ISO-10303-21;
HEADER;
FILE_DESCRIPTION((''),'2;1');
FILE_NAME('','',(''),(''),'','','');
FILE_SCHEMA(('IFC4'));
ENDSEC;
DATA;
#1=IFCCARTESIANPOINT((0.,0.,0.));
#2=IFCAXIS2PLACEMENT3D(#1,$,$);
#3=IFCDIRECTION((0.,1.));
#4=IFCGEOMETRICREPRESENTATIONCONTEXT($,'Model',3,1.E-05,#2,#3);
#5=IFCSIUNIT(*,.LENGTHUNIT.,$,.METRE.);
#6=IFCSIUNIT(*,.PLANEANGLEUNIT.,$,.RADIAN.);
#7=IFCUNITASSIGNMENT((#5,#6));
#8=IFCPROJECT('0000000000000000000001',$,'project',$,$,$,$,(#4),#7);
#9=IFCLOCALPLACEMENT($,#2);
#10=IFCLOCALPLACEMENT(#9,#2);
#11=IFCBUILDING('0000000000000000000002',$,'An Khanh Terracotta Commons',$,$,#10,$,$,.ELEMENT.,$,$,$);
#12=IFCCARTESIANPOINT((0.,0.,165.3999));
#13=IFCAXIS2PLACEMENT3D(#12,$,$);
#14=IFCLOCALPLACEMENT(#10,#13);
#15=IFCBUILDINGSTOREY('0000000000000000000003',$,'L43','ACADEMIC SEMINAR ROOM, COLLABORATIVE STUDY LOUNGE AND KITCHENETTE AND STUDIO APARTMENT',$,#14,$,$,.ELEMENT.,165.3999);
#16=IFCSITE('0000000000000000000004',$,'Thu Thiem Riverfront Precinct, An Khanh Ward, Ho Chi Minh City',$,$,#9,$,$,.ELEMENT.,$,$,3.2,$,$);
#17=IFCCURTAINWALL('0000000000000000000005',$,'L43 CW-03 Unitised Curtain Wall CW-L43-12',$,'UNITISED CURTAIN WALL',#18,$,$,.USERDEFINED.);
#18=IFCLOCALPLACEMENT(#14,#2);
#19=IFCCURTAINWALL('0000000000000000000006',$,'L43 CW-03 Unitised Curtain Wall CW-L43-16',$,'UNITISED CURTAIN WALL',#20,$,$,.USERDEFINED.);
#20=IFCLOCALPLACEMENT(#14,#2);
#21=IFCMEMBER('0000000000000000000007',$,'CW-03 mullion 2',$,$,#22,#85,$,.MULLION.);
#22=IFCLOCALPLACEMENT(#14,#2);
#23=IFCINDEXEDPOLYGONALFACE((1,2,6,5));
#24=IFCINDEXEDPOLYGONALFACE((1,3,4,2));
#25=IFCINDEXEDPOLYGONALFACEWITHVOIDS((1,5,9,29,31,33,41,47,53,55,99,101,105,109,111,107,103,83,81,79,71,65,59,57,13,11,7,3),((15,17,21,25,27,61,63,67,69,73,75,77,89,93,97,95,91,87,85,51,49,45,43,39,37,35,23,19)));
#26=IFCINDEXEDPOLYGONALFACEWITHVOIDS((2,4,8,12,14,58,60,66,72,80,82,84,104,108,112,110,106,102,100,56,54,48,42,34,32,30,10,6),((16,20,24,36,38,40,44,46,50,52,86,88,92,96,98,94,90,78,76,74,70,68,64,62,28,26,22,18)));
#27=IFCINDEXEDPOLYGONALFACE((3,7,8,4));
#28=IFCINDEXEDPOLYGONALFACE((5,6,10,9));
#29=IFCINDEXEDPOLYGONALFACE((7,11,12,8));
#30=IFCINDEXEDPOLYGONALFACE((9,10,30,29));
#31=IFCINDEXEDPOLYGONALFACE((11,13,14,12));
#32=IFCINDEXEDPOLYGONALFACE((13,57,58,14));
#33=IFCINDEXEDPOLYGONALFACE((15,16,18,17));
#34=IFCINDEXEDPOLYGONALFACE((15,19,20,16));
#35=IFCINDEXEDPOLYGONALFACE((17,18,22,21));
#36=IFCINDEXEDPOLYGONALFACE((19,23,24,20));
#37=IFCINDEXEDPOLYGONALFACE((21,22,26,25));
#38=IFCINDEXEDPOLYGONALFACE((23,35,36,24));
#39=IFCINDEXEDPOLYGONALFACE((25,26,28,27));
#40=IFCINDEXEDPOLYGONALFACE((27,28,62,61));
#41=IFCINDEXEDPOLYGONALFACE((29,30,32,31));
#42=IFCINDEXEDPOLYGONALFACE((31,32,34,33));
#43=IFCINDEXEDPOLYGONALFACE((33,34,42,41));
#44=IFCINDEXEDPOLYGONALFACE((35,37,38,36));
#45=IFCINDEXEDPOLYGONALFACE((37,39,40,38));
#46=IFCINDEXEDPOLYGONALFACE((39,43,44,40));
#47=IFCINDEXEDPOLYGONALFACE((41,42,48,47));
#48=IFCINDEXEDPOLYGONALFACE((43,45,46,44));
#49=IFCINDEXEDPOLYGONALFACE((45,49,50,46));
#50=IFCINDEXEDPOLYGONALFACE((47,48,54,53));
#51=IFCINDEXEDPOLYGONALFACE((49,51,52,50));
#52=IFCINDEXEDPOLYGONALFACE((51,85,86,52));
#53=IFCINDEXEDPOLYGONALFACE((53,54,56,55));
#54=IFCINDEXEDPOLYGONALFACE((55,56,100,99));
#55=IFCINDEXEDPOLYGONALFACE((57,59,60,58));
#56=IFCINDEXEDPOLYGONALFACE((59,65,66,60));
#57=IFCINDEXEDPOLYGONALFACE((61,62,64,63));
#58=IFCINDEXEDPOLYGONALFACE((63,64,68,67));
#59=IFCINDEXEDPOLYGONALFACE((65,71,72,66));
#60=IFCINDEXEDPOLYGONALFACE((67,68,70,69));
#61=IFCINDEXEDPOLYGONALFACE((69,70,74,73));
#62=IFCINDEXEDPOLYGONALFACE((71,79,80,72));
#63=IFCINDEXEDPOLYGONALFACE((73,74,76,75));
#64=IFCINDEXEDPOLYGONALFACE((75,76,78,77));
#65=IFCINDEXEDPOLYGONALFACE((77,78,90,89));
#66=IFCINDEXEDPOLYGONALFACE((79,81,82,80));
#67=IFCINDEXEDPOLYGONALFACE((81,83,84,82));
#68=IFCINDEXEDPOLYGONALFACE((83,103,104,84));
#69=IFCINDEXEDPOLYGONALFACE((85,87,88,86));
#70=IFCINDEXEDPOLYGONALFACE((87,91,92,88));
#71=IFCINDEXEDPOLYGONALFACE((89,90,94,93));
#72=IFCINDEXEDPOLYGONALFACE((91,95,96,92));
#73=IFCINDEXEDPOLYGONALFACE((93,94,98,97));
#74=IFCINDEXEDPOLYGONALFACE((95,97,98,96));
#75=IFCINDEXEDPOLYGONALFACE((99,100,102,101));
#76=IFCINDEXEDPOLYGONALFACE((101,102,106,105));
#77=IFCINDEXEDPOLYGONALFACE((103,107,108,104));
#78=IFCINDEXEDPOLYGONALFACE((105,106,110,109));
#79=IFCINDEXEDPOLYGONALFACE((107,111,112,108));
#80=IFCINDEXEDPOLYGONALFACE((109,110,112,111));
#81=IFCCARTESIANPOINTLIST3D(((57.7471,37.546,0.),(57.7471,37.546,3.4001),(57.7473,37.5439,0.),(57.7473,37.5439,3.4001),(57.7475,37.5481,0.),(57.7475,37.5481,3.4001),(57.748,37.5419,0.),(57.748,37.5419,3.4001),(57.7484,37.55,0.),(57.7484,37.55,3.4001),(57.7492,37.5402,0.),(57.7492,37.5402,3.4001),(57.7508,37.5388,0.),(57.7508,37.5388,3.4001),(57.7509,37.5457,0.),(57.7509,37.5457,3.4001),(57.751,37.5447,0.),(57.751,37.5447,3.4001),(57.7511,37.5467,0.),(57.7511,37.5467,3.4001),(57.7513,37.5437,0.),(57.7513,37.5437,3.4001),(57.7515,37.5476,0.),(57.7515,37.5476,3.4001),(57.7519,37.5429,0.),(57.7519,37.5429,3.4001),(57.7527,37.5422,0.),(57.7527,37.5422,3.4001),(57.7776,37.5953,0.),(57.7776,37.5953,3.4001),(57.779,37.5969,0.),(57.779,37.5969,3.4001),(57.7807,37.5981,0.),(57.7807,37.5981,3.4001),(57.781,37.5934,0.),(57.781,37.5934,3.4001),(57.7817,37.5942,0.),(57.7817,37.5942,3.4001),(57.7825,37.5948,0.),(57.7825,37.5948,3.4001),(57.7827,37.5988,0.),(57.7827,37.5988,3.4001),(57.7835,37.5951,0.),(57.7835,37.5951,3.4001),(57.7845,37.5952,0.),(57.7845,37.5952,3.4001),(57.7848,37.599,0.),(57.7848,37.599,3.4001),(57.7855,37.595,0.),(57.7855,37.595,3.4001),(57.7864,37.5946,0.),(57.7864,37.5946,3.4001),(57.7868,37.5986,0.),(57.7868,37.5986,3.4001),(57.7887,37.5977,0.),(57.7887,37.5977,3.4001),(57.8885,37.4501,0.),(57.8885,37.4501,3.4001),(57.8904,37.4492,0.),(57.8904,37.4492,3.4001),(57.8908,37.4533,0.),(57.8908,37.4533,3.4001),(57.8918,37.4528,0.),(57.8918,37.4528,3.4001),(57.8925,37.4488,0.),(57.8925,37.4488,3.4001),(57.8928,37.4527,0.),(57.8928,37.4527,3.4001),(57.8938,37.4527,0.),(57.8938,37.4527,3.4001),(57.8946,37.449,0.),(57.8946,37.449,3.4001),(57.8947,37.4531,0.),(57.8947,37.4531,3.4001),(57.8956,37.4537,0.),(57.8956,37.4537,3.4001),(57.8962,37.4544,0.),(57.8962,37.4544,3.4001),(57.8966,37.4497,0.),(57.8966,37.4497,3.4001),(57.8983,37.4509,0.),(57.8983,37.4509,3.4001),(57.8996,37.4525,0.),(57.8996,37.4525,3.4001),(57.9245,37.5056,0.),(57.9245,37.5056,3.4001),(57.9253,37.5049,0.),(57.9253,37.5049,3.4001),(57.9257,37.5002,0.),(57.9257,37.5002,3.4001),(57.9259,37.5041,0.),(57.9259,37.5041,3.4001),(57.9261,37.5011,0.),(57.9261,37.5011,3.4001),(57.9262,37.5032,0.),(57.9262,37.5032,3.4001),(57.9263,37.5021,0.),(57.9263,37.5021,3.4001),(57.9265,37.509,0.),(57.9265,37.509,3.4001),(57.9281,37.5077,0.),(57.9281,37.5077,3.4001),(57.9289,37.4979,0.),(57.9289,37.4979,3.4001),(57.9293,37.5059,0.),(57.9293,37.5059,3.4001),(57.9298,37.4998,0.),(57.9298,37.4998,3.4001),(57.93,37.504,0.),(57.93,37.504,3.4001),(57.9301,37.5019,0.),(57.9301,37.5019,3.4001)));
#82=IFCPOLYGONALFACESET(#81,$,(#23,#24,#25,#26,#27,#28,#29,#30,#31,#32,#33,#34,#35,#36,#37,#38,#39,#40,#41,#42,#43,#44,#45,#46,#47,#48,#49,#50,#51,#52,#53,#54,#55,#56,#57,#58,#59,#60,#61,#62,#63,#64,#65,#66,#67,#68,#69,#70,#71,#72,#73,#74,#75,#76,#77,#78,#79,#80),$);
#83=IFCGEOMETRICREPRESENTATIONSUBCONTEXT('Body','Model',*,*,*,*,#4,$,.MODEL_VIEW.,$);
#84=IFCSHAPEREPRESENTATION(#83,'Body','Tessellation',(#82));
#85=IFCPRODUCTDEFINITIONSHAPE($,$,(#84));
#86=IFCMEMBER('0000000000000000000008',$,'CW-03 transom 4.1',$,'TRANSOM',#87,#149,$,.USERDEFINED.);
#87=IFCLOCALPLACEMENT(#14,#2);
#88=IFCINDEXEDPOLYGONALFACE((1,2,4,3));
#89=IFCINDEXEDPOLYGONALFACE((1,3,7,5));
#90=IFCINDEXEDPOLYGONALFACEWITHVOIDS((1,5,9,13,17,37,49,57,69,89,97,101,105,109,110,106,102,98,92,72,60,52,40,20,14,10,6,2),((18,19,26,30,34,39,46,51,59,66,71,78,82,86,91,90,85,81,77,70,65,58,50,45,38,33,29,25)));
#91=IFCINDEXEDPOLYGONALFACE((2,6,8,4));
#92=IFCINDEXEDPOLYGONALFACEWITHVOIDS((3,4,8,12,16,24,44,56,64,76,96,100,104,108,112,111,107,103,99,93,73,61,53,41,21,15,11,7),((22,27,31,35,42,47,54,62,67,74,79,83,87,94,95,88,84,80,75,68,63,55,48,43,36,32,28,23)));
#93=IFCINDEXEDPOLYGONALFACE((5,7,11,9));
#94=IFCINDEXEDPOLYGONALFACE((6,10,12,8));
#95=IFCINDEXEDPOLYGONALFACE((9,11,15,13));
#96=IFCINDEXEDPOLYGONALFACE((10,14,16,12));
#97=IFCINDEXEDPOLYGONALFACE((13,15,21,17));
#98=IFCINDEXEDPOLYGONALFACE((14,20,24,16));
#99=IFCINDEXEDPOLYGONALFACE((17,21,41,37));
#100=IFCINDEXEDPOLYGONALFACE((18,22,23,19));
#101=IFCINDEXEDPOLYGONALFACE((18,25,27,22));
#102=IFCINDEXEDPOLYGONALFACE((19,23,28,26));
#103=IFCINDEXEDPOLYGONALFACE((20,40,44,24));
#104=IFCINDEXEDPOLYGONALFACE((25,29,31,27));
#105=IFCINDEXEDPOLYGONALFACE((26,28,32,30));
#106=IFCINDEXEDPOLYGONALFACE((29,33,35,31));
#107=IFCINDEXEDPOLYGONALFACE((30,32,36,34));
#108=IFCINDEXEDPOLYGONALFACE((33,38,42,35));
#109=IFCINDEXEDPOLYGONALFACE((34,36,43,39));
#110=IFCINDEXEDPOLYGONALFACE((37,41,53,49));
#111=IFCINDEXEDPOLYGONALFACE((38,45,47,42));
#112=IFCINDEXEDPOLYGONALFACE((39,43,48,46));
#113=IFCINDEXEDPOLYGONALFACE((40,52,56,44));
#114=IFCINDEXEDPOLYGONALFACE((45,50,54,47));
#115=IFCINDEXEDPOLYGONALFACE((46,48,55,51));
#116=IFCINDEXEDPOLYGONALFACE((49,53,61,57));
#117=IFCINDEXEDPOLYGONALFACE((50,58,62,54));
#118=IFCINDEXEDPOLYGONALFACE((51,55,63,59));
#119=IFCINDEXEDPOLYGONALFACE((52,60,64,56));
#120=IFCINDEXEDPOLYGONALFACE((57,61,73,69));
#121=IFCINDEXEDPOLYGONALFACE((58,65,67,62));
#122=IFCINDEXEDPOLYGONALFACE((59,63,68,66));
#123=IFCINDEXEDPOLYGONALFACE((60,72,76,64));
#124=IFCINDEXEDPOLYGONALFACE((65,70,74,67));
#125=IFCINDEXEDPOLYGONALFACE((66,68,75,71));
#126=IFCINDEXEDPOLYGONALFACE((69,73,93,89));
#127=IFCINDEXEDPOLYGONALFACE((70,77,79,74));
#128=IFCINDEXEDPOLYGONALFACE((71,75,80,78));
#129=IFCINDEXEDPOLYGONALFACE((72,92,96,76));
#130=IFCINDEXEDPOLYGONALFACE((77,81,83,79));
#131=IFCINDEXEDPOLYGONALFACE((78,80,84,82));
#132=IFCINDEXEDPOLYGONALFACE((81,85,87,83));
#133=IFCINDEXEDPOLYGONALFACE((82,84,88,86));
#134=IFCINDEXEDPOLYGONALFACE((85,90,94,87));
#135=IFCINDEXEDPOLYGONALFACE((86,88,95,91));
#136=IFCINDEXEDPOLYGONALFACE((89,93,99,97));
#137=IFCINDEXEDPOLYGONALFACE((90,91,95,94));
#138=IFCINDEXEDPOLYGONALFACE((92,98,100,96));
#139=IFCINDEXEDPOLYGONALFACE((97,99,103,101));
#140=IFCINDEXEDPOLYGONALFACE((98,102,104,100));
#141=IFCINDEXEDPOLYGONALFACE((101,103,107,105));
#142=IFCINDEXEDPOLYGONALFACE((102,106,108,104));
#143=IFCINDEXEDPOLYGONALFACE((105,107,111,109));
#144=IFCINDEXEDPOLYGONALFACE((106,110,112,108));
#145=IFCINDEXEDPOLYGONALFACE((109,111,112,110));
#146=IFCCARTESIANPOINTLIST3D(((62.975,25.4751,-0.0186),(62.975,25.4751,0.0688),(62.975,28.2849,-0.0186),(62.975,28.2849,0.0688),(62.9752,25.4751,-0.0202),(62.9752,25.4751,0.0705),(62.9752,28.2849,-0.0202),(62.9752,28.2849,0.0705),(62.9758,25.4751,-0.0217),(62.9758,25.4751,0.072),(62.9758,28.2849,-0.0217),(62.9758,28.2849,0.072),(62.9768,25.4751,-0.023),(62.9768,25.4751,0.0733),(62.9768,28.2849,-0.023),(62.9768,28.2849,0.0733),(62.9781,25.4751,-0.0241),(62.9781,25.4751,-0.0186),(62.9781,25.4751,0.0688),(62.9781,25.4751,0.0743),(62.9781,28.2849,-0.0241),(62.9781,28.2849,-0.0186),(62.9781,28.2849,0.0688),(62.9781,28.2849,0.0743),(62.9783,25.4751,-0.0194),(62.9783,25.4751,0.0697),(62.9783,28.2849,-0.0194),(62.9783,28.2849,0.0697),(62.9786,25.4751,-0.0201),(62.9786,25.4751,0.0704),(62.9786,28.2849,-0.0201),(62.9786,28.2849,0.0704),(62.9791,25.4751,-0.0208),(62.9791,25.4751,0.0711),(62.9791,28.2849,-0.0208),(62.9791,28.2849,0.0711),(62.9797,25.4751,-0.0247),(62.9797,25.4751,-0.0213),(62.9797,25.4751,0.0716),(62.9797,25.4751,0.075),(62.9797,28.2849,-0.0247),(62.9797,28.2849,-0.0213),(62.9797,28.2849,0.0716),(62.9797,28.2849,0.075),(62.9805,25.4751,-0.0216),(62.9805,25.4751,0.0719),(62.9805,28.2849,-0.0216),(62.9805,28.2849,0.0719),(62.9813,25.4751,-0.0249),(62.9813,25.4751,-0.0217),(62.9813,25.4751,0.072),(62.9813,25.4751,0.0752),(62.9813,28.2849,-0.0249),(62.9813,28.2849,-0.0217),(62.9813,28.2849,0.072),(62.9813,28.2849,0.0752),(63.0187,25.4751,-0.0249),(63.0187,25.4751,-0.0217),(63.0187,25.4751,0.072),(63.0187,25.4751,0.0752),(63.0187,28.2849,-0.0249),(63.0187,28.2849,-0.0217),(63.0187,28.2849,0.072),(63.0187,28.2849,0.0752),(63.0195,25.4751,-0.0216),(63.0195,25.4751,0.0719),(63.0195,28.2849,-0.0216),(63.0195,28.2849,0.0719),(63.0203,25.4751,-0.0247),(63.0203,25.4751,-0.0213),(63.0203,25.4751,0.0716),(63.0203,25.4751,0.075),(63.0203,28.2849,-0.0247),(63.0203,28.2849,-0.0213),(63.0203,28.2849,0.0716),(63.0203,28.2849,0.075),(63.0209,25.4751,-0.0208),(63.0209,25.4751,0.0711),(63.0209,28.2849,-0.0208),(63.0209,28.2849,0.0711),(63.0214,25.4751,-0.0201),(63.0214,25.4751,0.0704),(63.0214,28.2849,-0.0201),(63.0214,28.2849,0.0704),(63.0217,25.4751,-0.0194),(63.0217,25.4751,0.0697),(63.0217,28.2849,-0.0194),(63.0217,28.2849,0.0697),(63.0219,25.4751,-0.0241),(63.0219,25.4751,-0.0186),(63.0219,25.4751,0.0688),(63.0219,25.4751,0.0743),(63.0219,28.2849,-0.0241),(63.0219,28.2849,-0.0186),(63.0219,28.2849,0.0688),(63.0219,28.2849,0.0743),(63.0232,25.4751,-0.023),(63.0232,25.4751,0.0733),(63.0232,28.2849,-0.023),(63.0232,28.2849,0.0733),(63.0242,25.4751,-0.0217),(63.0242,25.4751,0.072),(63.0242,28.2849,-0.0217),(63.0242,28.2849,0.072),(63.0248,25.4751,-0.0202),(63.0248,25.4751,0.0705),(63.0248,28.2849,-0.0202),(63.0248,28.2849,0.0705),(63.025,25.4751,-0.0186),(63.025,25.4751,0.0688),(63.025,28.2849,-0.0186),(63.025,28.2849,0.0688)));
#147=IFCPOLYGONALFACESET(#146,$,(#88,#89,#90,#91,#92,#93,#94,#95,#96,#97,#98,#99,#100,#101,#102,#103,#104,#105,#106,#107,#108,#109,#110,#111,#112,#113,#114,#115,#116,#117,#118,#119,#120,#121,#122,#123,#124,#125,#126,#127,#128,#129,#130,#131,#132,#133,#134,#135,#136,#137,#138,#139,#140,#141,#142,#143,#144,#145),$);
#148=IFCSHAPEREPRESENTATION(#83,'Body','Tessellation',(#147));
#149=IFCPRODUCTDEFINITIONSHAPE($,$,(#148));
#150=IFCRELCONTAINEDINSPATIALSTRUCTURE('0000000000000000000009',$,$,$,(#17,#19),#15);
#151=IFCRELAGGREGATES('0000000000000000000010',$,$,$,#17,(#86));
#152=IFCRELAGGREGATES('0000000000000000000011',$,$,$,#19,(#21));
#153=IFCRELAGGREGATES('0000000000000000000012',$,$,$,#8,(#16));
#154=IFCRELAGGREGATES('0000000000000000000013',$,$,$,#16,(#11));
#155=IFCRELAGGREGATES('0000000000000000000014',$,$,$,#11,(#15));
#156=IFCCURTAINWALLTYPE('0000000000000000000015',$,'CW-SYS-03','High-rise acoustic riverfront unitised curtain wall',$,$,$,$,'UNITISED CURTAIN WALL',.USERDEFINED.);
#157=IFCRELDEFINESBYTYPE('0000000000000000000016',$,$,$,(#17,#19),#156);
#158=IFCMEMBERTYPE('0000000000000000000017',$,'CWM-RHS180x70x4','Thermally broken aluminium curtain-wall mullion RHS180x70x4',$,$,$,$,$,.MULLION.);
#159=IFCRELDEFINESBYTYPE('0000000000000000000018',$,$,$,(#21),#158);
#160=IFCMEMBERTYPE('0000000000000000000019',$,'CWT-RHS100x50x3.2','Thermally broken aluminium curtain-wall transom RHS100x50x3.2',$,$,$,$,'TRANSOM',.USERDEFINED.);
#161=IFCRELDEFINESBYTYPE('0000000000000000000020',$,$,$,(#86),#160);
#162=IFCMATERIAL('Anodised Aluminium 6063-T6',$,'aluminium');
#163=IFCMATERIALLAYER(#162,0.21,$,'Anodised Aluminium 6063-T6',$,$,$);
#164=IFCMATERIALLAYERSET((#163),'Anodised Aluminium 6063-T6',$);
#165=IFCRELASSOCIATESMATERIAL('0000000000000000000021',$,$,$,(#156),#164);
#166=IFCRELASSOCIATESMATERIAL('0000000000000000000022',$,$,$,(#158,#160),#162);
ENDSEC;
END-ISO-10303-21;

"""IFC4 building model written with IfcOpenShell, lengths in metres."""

from ifc_helpers import new_model, si_unit, direction, frame, origin, origin_2d, place, context, subcontext, project, spatial, hollow_rectangle, extrude, material, layer, layer_set, material_profile, profile_set, type_object, element, aggregate, save


model = new_model("IFC4")

# Units and contexts
model_context = context("Model", 3, precision=1e-05, world=origin(), true_north=direction((0.0, 1.0)))
body_context = subcontext(model_context, "Body", "Model", "MODEL_VIEW")
ifc_project = project(units=[si_unit("LENGTHUNIT", "METRE"), si_unit("PLANEANGLEUNIT", "RADIAN")], contexts=[model_context])

# Site, building, storey
site_placement = place(None, origin())
site = spatial("IfcSite", under=ifc_project, at=site_placement, Name="Thu Thiem Riverfront Precinct, An Khanh Ward, Ho Chi Minh City", CompositionType="ELEMENT", RefElevation=3.2)
building_placement = place(site_placement, origin())
building = spatial("IfcBuilding", under=site, at=building_placement, Name="An Khanh Terracotta Commons", CompositionType="ELEMENT")
storey_placement = place(building_placement, frame((0.0, 0.0, 165.3999)))
storey = spatial("IfcBuildingStorey", under=building, at=storey_placement, Name="L43", Description="ACADEMIC SEMINAR ROOM, COLLABORATIVE STUDY LOUNGE AND KITCHENETTE AND STUDIO APARTMENT", CompositionType="ELEMENT", Elevation=165.3999)

# Curtain walls, member
ifc_material_1 = material(Name="Anodised Aluminium 6063-T6", Category="aluminium")
ifc_layer_1 = layer(ifc_material_1, 0.21, Name="Anodised Aluminium 6063-T6")
ifc_layer_set_1 = layer_set([ifc_layer_1], Name="Anodised Aluminium 6063-T6")
curtain_wall_type = type_object("IfcCurtainWallType", Name="CW-SYS-03", Description="High-rise acoustic riverfront unitised curtain wall", ElementType="UNITISED CURTAIN WALL", PredefinedType="USERDEFINED", material=ifc_layer_set_1)
curtain_wall_1_placement = place(storey_placement, origin())
curtain_wall_1 = element("IfcCurtainWall", 1, at=curtain_wall_1_placement, inside=storey, type_object=curtain_wall_type, Name="L43 CW-03 Unitised Curtain Wall CW-L43-12", ObjectType="UNITISED CURTAIN WALL", PredefinedType="USERDEFINED")
ifc_material_profile_1 = material_profile(ifc_material_1, hollow_rectangle(XDim=0.0701, YDim=0.1799, WallThickness=0.0039, InnerFilletRadius=0.0039, OuterFilletRadius=0.0081, at=origin_2d()), Name="RHS180x70x4")
ifc_profile_set_1 = profile_set([ifc_material_profile_1], Name="Anodised Aluminium 6063-T6")
member_type_1 = type_object("IfcMemberType", Name="CWM-RHS180x70x4", Description="Thermally broken aluminium curtain-wall mullion RHS180x70x4", PredefinedType="MULLION", material=ifc_profile_set_1)
curtain_wall_2_placement = place(storey_placement, origin())
curtain_wall_2 = element("IfcCurtainWall", 2, at=curtain_wall_2_placement, inside=storey, type_object=curtain_wall_type, Name="L43 CW-03 Unitised Curtain Wall CW-L43-16", ObjectType="UNITISED CURTAIN WALL", PredefinedType="USERDEFINED")
member_1_placement = place(storey_placement, frame((57.8386, 37.5239, 0.0), z_axis=(0.0, 0.0, 1.0), x_axis=(-0.541498, -0.840702, 0.0)))
member_1 = element("IfcMember", 3, at=member_1_placement, type_object=member_type_1, Name="CW-03 mullion 2", PredefinedType="MULLION", context=body_context, shape_type="SweptSolid", body=[
    extrude(hollow_rectangle(XDim=0.0701, YDim=0.1799, WallThickness=0.0039, InnerFilletRadius=0.0039, OuterFilletRadius=0.0081, at=origin_2d()), origin(), (0.0, 0.0, 1.0), 3.4001),
])

# Member
ifc_material_profile_2 = material_profile(ifc_material_1, hollow_rectangle(XDim=0.05, YDim=0.1001, WallThickness=0.0032, InnerFilletRadius=0.0032, OuterFilletRadius=0.0063, at=origin_2d()), Name="RHS100x50x3.2")
ifc_profile_set_2 = profile_set([ifc_material_profile_2], Name="Anodised Aluminium 6063-T6")
member_type_2 = type_object("IfcMemberType", Name="CWT-RHS100x50x3.2", Description="Thermally broken aluminium curtain-wall transom RHS100x50x3.2", ElementType="TRANSOM", PredefinedType="USERDEFINED", material=ifc_profile_set_2)
member_2_placement = place(storey_placement, frame((63.0, 25.4751, 0.0251), z_axis=(0.0, 1.0, 0.0), x_axis=(-1.0, 0.0, 0.0)))
member_2 = element("IfcMember", 4, at=member_2_placement, type_object=member_type_2, Name="CW-03 transom 4.1", ObjectType="TRANSOM", PredefinedType="USERDEFINED", context=body_context, shape_type="SweptSolid", body=[
    extrude(hollow_rectangle(XDim=0.05, YDim=0.1001, WallThickness=0.0032, InnerFilletRadius=0.0032, OuterFilletRadius=0.0063, at=origin_2d()), origin(), (0.0, 0.0, 1.0), 2.8098),
])

aggregate(curtain_wall_1, [member_2])
aggregate(curtain_wall_2, [member_1])

save(model, "model.ifc")
